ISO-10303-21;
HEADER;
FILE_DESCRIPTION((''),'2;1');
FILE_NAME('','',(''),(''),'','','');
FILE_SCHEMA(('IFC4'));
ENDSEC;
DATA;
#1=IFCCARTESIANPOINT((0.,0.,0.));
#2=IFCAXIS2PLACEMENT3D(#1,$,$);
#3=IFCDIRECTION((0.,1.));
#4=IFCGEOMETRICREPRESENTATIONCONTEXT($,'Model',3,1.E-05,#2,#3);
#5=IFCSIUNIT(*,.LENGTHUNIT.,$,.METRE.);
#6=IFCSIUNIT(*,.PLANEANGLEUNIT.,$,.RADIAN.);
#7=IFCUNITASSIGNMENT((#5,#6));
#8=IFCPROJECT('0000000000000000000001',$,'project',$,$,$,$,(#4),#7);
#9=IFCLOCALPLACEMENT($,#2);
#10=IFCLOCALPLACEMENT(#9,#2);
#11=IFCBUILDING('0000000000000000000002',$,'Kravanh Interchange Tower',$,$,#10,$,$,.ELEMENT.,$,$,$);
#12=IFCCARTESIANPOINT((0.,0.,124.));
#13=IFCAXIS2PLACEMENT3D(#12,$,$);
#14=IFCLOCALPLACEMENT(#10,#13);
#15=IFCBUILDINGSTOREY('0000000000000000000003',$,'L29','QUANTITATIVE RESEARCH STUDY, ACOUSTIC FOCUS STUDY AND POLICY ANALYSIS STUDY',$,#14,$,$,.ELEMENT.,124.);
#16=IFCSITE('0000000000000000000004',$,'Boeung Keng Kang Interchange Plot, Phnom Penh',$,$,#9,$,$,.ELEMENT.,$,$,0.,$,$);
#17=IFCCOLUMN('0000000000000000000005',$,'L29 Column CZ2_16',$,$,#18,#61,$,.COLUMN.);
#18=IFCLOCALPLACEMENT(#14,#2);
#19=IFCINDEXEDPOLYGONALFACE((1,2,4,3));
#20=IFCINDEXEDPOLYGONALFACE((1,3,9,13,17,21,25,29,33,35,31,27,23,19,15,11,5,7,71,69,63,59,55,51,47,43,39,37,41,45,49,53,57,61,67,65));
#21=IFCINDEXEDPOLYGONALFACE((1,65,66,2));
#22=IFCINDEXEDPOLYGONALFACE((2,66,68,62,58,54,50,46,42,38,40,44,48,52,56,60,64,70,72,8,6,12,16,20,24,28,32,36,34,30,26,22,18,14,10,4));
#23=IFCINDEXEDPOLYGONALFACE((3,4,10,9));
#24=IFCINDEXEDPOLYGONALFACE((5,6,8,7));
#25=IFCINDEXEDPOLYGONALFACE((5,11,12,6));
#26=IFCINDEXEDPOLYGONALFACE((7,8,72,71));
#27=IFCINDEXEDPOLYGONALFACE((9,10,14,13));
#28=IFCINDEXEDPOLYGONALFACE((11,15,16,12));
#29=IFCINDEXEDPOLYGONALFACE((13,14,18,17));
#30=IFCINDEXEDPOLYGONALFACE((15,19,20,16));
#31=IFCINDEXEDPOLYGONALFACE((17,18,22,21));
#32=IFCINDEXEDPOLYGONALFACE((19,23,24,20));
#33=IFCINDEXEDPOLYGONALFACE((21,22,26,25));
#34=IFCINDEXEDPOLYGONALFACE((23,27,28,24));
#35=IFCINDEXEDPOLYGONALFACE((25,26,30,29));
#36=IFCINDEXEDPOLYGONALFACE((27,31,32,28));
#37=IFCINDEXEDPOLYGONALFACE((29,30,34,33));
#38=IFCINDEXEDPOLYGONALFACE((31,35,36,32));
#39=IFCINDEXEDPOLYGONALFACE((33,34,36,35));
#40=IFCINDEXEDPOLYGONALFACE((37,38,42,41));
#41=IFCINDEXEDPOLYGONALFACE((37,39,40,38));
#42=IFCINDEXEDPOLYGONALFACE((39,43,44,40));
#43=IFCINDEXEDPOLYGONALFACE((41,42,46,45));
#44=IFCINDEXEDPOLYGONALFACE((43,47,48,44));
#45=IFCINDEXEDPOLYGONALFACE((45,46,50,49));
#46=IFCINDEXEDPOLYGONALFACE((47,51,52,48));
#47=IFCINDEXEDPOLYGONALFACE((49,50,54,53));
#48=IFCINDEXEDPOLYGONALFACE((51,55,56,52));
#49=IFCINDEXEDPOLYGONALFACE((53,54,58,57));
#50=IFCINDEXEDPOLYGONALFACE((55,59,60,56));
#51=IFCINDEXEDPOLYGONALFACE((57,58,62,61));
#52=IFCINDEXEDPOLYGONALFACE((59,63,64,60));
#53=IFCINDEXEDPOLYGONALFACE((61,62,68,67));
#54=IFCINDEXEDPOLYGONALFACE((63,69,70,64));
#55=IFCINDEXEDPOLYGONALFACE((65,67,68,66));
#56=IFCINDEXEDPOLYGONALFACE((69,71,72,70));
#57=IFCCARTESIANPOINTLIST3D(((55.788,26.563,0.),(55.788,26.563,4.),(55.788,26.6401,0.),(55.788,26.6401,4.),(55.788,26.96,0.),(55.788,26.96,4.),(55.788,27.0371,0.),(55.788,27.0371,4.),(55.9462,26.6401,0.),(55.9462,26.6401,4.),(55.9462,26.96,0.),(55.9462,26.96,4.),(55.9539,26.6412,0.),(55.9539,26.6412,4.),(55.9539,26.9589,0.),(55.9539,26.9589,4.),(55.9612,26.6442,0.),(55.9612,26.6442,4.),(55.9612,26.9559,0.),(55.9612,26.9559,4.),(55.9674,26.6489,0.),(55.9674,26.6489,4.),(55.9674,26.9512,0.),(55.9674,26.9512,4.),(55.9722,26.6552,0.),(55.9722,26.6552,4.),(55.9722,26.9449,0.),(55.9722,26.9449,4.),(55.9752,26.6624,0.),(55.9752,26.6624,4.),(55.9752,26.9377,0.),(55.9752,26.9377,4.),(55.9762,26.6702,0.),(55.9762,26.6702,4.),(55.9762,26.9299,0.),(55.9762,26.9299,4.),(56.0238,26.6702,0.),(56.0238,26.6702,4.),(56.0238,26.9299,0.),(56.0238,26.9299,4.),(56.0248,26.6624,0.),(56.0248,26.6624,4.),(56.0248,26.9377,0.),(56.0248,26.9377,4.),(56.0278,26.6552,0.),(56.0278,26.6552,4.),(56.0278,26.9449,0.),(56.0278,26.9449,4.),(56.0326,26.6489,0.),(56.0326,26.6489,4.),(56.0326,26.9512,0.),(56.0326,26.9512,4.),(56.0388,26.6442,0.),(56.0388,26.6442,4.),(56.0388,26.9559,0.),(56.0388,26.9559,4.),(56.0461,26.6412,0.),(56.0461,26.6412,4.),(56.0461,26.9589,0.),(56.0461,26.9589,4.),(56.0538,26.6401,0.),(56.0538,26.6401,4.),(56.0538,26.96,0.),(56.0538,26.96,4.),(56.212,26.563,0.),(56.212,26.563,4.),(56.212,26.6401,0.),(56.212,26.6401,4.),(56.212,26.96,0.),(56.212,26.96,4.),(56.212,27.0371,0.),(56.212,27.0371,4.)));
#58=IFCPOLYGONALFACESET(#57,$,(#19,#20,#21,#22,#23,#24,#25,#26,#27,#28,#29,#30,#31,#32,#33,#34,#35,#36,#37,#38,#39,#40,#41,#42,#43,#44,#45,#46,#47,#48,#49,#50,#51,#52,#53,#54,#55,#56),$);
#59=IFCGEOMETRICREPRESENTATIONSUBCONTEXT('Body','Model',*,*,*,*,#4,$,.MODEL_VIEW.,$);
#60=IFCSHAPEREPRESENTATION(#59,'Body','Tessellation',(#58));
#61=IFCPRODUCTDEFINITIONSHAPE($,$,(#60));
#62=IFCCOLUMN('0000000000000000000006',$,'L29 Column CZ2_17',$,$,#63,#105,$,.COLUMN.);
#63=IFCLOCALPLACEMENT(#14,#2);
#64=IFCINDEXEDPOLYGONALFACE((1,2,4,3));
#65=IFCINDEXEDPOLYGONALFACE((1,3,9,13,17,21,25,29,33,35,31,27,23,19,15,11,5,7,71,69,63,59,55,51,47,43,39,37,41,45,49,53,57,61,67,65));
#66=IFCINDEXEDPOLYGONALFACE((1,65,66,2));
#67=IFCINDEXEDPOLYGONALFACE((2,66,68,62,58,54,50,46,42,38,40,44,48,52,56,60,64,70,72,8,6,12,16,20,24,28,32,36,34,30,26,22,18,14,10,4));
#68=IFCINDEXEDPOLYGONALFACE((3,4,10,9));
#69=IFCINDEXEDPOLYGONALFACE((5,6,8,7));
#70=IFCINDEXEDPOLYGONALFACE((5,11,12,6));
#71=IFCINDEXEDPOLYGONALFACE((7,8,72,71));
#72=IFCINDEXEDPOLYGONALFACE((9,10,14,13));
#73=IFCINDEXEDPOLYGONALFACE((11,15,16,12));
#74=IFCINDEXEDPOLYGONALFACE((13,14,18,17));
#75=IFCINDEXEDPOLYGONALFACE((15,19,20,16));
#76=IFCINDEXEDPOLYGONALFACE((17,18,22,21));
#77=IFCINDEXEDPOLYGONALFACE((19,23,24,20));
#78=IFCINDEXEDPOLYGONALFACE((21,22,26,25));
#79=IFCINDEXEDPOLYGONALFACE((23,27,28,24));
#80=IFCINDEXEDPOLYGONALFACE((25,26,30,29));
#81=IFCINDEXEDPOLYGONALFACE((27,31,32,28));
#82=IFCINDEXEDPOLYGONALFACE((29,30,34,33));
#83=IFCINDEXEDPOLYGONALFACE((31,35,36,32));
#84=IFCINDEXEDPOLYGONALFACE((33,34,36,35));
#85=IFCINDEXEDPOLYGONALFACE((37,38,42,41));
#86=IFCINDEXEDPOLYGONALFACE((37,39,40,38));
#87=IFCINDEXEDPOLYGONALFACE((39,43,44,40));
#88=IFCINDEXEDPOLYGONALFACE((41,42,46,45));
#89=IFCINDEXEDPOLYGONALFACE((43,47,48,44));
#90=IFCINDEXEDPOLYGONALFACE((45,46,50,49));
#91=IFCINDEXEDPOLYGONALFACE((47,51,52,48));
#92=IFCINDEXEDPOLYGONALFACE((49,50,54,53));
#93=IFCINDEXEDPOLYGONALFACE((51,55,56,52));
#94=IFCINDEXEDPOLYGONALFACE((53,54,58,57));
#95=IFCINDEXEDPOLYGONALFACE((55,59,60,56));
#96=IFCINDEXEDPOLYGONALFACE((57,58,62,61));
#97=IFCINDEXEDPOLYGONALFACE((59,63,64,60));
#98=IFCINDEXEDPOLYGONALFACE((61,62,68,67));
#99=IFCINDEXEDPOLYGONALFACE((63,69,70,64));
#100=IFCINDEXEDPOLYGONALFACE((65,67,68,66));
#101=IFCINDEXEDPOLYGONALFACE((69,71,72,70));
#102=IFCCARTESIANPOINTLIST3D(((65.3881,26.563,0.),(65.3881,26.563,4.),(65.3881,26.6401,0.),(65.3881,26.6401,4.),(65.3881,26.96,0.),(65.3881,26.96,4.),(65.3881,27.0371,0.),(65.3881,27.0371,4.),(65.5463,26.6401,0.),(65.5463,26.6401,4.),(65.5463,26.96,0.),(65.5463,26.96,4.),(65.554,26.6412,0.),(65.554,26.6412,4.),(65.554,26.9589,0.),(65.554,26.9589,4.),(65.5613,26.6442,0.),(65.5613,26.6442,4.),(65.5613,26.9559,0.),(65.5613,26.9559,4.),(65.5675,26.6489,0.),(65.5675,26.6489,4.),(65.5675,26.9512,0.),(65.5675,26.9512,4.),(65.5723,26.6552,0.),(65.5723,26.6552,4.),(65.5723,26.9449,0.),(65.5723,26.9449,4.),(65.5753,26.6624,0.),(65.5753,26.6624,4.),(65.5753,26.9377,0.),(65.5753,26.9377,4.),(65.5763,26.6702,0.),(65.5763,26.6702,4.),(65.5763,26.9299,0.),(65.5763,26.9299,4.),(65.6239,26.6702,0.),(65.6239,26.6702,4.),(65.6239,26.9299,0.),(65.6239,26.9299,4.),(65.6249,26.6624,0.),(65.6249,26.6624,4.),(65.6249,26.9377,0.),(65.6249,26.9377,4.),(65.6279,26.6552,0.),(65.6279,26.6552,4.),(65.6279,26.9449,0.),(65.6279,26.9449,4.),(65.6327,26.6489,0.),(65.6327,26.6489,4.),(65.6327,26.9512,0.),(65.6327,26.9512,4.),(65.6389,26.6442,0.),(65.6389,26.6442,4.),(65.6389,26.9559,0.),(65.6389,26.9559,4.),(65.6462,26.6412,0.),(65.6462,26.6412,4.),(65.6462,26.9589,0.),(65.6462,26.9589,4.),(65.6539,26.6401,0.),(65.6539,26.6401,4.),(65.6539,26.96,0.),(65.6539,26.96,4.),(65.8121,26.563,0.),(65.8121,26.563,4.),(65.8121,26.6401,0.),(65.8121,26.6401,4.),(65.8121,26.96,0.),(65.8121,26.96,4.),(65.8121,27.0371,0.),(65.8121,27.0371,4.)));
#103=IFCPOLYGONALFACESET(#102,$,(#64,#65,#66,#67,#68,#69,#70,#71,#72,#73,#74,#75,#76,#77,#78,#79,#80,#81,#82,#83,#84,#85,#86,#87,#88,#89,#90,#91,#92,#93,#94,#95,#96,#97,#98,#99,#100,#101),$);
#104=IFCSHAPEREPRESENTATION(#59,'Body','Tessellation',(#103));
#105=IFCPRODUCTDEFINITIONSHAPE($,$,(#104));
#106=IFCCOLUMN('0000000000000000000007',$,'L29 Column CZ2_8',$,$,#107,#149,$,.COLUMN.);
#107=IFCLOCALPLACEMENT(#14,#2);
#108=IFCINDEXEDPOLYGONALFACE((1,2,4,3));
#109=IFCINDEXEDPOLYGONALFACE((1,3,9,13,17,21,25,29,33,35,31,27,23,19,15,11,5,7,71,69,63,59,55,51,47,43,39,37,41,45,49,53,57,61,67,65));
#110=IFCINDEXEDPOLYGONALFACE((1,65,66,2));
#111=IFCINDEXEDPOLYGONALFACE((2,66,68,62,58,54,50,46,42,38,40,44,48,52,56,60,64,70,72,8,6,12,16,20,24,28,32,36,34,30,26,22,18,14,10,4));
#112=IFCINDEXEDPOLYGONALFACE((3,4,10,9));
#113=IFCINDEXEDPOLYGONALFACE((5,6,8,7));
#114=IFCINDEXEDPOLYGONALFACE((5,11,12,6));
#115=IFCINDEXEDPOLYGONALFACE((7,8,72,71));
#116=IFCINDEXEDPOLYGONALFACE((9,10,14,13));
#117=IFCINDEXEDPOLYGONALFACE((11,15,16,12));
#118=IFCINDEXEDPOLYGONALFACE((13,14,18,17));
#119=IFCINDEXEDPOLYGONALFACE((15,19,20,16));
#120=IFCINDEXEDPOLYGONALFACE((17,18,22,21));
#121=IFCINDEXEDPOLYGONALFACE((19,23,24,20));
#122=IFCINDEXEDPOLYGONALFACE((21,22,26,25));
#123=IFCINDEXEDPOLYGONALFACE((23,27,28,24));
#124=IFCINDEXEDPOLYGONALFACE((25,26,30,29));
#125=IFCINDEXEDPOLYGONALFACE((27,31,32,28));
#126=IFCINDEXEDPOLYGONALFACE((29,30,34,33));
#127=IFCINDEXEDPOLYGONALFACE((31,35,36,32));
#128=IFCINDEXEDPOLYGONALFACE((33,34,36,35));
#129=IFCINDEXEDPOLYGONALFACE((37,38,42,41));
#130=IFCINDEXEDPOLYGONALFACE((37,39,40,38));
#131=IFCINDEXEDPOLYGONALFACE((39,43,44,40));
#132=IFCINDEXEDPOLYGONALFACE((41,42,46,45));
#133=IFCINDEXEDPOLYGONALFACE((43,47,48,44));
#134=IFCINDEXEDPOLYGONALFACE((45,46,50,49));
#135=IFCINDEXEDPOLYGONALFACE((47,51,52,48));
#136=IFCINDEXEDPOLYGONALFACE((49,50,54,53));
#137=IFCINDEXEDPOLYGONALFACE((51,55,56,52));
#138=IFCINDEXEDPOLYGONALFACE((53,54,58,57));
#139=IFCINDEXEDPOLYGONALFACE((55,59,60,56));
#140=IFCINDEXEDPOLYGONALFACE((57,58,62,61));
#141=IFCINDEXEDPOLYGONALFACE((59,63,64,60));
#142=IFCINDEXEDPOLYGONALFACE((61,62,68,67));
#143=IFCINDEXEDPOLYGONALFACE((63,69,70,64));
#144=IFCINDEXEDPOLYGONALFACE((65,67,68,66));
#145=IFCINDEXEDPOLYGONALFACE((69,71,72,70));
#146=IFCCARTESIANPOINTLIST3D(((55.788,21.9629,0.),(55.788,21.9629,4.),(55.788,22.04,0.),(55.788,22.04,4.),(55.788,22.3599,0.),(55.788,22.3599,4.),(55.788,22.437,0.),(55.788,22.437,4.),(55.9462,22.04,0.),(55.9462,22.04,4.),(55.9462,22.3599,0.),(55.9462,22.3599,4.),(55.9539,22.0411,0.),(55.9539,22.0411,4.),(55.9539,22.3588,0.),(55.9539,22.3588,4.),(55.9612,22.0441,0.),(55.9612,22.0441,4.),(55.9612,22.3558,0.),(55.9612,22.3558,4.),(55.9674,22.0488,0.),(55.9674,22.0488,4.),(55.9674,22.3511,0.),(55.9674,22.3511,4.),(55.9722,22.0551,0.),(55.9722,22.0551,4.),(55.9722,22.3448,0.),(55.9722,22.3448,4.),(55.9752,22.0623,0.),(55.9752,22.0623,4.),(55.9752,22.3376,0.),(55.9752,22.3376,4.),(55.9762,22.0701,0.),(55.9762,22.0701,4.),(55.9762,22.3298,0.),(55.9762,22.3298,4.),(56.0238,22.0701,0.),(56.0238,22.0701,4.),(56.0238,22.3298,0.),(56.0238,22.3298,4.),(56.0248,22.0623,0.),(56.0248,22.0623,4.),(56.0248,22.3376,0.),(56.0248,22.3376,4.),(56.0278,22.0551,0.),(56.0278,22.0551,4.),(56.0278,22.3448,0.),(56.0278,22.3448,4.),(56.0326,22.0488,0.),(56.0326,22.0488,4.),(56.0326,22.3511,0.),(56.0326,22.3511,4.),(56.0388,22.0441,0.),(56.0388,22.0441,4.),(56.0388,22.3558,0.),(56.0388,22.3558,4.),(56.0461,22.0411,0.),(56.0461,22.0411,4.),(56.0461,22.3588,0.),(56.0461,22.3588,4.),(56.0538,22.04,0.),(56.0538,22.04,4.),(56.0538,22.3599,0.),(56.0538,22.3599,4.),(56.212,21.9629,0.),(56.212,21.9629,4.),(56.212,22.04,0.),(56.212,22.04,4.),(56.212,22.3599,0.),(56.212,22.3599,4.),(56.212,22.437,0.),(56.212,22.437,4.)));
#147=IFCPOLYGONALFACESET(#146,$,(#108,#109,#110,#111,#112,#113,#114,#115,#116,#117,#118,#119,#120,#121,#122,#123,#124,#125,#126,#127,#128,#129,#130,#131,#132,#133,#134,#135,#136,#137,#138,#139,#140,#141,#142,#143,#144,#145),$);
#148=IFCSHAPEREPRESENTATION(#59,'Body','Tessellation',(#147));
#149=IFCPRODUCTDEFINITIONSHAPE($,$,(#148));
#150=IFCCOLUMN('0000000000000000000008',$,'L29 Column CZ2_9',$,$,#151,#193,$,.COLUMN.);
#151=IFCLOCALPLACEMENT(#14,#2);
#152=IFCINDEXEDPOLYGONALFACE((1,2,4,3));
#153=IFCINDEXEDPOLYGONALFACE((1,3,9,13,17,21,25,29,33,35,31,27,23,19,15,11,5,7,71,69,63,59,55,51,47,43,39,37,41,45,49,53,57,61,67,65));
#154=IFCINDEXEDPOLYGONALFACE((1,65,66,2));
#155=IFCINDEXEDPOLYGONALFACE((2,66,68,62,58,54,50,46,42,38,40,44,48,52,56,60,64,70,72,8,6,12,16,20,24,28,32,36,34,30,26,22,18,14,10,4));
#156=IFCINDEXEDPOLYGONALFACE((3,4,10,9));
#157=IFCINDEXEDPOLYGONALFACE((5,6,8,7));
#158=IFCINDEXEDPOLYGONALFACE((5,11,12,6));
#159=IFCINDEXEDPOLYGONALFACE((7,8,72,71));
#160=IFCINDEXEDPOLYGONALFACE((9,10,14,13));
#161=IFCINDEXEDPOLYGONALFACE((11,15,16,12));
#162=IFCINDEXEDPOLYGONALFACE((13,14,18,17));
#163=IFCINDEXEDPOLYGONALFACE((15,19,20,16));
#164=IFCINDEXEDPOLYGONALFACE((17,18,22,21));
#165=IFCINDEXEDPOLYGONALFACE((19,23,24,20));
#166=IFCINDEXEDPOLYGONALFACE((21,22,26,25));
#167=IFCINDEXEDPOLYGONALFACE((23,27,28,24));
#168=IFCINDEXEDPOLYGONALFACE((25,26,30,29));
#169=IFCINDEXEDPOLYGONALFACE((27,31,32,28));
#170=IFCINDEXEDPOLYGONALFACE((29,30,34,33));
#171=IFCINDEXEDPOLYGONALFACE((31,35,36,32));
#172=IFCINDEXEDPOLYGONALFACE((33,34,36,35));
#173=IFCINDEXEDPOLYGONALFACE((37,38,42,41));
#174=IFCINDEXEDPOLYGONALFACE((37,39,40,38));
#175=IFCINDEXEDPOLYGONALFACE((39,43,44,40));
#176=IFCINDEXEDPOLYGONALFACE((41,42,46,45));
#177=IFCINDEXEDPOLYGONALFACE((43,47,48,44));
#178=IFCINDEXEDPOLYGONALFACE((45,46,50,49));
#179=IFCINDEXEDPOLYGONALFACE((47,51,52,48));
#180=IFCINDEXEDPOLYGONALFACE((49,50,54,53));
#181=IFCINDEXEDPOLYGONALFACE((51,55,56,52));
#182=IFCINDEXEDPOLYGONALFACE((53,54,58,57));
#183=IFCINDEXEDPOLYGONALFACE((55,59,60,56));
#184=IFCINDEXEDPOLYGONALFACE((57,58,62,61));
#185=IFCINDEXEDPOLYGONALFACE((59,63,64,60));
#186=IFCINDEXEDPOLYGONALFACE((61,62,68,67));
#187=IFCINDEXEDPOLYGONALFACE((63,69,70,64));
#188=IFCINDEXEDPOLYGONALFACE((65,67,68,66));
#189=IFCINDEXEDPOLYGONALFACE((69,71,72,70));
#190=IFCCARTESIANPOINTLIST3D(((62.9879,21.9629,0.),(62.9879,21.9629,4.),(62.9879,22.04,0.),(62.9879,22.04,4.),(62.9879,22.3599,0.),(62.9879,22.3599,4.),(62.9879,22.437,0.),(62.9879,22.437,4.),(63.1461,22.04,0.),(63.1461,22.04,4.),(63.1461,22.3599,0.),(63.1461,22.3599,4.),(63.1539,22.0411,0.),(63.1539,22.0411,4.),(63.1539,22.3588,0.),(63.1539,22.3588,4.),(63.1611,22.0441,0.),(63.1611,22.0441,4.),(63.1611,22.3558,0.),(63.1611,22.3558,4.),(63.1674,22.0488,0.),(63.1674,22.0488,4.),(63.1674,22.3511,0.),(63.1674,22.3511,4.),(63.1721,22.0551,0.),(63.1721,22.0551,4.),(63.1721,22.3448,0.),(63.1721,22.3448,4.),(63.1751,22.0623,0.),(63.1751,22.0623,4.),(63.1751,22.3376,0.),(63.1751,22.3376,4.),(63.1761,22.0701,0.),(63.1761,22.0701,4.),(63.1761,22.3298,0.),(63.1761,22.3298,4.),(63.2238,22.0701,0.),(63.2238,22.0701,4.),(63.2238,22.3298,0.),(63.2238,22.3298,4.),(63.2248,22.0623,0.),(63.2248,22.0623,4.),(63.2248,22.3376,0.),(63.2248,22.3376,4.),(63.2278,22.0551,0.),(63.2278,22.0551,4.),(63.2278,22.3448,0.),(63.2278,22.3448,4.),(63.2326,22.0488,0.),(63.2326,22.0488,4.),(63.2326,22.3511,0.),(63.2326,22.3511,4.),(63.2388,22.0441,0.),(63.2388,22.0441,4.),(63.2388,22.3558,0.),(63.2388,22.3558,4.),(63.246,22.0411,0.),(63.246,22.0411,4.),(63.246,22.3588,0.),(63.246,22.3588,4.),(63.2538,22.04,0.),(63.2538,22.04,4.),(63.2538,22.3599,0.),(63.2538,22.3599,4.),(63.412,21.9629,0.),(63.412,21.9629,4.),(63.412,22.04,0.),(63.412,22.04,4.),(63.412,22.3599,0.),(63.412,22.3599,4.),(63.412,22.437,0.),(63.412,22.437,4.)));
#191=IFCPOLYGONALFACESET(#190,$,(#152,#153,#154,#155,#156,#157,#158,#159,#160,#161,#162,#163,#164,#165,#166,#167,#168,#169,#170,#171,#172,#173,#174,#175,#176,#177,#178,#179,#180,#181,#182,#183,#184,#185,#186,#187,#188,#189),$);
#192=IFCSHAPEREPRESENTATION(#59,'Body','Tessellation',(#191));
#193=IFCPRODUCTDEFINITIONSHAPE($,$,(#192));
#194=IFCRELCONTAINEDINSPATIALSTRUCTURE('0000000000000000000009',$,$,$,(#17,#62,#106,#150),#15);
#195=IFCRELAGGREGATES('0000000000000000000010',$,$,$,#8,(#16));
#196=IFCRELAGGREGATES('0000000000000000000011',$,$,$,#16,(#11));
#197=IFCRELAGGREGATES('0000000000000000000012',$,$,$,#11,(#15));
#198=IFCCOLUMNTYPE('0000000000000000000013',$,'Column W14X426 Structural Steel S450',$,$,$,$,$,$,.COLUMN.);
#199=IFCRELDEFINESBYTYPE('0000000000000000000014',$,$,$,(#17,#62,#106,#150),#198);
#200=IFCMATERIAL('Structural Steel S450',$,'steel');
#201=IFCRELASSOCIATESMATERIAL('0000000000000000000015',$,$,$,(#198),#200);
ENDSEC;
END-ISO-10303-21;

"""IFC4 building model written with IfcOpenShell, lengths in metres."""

from ifc_helpers import new_model, si_unit, direction, frame, origin, origin_2d, place, context, subcontext, project, spatial, i_section, extrude, material, material_profile, profile_set, type_object, element, save


model = new_model("IFC4")

# Units and contexts
model_context = context("Model", 3, precision=1e-05, world=origin(), true_north=direction((0.0, 1.0)))
body_context = subcontext(model_context, "Body", "Model", "MODEL_VIEW")
ifc_project = project(units=[si_unit("LENGTHUNIT", "METRE"), si_unit("PLANEANGLEUNIT", "RADIAN")], contexts=[model_context])

# Site, building, storey
site_placement = place(None, origin())
site = spatial("IfcSite", under=ifc_project, at=site_placement, Name="Boeung Keng Kang Interchange Plot, Phnom Penh", CompositionType="ELEMENT", RefElevation=0.0)
building_placement = place(site_placement, origin())
building = spatial("IfcBuilding", under=site, at=building_placement, Name="Kravanh Interchange Tower", CompositionType="ELEMENT")
storey_placement = place(building_placement, frame((0.0, 0.0, 124.0)))
storey = spatial("IfcBuildingStorey", under=building, at=storey_placement, Name="L29", Description="QUANTITATIVE RESEARCH STUDY, ACOUSTIC FOCUS STUDY AND POLICY ANALYSIS STUDY", CompositionType="ELEMENT", Elevation=124.0)

# Columns
ifc_material_1 = material(Name="Structural Steel S450", Category="steel")
ifc_material_profile_1 = material_profile(ifc_material_1, i_section(OverallWidth=0.4241, OverallDepth=0.4741, WebThickness=0.0476, FlangeThickness=0.0771, FilletRadius=0.03, at=origin_2d()), Name="W14X426")
ifc_profile_set_1 = profile_set([ifc_material_profile_1], Name="Structural Steel S450")
column_type = type_object("IfcColumnType", Name="Column W14X426 Structural Steel S450", PredefinedType="COLUMN", material=ifc_profile_set_1)
for number, where, z_axis, x_axis, name in (
    (1, (56.0, 26.8, 0.0), (0.0, 0.0, 1.0), (1.0, 0.0, 0.0), "L29 Column CZ2_16"),
    (2, (65.6001, 26.8, 0.0), (0.0, 0.0, 1.0), (1.0, 0.0, 0.0), "L29 Column CZ2_17"),
    (3, (56.0, 22.2, 0.0), (0.0, 0.0, 1.0), (1.0, 0.0, 0.0), "L29 Column CZ2_8"),
    (4, (63.2, 22.2, 0.0), (0.0, 0.0, 1.0), (1.0, 0.0, 0.0), "L29 Column CZ2_9"),
):
    element("IfcColumn", number, at=place(storey_placement, frame(where, z_axis=z_axis, x_axis=x_axis)), inside=storey, type_object=column_type, Name=name, PredefinedType="COLUMN", context=body_context, shape_type="SweptSolid", body=[
        extrude(i_section(OverallWidth=0.4241, OverallDepth=0.4741, WebThickness=0.0476, FlangeThickness=0.0771, FilletRadius=0.03, at=origin_2d()), origin(), (0.0, 0.0, 1.0), 4.0),
    ])

save(model, "model.ifc")
